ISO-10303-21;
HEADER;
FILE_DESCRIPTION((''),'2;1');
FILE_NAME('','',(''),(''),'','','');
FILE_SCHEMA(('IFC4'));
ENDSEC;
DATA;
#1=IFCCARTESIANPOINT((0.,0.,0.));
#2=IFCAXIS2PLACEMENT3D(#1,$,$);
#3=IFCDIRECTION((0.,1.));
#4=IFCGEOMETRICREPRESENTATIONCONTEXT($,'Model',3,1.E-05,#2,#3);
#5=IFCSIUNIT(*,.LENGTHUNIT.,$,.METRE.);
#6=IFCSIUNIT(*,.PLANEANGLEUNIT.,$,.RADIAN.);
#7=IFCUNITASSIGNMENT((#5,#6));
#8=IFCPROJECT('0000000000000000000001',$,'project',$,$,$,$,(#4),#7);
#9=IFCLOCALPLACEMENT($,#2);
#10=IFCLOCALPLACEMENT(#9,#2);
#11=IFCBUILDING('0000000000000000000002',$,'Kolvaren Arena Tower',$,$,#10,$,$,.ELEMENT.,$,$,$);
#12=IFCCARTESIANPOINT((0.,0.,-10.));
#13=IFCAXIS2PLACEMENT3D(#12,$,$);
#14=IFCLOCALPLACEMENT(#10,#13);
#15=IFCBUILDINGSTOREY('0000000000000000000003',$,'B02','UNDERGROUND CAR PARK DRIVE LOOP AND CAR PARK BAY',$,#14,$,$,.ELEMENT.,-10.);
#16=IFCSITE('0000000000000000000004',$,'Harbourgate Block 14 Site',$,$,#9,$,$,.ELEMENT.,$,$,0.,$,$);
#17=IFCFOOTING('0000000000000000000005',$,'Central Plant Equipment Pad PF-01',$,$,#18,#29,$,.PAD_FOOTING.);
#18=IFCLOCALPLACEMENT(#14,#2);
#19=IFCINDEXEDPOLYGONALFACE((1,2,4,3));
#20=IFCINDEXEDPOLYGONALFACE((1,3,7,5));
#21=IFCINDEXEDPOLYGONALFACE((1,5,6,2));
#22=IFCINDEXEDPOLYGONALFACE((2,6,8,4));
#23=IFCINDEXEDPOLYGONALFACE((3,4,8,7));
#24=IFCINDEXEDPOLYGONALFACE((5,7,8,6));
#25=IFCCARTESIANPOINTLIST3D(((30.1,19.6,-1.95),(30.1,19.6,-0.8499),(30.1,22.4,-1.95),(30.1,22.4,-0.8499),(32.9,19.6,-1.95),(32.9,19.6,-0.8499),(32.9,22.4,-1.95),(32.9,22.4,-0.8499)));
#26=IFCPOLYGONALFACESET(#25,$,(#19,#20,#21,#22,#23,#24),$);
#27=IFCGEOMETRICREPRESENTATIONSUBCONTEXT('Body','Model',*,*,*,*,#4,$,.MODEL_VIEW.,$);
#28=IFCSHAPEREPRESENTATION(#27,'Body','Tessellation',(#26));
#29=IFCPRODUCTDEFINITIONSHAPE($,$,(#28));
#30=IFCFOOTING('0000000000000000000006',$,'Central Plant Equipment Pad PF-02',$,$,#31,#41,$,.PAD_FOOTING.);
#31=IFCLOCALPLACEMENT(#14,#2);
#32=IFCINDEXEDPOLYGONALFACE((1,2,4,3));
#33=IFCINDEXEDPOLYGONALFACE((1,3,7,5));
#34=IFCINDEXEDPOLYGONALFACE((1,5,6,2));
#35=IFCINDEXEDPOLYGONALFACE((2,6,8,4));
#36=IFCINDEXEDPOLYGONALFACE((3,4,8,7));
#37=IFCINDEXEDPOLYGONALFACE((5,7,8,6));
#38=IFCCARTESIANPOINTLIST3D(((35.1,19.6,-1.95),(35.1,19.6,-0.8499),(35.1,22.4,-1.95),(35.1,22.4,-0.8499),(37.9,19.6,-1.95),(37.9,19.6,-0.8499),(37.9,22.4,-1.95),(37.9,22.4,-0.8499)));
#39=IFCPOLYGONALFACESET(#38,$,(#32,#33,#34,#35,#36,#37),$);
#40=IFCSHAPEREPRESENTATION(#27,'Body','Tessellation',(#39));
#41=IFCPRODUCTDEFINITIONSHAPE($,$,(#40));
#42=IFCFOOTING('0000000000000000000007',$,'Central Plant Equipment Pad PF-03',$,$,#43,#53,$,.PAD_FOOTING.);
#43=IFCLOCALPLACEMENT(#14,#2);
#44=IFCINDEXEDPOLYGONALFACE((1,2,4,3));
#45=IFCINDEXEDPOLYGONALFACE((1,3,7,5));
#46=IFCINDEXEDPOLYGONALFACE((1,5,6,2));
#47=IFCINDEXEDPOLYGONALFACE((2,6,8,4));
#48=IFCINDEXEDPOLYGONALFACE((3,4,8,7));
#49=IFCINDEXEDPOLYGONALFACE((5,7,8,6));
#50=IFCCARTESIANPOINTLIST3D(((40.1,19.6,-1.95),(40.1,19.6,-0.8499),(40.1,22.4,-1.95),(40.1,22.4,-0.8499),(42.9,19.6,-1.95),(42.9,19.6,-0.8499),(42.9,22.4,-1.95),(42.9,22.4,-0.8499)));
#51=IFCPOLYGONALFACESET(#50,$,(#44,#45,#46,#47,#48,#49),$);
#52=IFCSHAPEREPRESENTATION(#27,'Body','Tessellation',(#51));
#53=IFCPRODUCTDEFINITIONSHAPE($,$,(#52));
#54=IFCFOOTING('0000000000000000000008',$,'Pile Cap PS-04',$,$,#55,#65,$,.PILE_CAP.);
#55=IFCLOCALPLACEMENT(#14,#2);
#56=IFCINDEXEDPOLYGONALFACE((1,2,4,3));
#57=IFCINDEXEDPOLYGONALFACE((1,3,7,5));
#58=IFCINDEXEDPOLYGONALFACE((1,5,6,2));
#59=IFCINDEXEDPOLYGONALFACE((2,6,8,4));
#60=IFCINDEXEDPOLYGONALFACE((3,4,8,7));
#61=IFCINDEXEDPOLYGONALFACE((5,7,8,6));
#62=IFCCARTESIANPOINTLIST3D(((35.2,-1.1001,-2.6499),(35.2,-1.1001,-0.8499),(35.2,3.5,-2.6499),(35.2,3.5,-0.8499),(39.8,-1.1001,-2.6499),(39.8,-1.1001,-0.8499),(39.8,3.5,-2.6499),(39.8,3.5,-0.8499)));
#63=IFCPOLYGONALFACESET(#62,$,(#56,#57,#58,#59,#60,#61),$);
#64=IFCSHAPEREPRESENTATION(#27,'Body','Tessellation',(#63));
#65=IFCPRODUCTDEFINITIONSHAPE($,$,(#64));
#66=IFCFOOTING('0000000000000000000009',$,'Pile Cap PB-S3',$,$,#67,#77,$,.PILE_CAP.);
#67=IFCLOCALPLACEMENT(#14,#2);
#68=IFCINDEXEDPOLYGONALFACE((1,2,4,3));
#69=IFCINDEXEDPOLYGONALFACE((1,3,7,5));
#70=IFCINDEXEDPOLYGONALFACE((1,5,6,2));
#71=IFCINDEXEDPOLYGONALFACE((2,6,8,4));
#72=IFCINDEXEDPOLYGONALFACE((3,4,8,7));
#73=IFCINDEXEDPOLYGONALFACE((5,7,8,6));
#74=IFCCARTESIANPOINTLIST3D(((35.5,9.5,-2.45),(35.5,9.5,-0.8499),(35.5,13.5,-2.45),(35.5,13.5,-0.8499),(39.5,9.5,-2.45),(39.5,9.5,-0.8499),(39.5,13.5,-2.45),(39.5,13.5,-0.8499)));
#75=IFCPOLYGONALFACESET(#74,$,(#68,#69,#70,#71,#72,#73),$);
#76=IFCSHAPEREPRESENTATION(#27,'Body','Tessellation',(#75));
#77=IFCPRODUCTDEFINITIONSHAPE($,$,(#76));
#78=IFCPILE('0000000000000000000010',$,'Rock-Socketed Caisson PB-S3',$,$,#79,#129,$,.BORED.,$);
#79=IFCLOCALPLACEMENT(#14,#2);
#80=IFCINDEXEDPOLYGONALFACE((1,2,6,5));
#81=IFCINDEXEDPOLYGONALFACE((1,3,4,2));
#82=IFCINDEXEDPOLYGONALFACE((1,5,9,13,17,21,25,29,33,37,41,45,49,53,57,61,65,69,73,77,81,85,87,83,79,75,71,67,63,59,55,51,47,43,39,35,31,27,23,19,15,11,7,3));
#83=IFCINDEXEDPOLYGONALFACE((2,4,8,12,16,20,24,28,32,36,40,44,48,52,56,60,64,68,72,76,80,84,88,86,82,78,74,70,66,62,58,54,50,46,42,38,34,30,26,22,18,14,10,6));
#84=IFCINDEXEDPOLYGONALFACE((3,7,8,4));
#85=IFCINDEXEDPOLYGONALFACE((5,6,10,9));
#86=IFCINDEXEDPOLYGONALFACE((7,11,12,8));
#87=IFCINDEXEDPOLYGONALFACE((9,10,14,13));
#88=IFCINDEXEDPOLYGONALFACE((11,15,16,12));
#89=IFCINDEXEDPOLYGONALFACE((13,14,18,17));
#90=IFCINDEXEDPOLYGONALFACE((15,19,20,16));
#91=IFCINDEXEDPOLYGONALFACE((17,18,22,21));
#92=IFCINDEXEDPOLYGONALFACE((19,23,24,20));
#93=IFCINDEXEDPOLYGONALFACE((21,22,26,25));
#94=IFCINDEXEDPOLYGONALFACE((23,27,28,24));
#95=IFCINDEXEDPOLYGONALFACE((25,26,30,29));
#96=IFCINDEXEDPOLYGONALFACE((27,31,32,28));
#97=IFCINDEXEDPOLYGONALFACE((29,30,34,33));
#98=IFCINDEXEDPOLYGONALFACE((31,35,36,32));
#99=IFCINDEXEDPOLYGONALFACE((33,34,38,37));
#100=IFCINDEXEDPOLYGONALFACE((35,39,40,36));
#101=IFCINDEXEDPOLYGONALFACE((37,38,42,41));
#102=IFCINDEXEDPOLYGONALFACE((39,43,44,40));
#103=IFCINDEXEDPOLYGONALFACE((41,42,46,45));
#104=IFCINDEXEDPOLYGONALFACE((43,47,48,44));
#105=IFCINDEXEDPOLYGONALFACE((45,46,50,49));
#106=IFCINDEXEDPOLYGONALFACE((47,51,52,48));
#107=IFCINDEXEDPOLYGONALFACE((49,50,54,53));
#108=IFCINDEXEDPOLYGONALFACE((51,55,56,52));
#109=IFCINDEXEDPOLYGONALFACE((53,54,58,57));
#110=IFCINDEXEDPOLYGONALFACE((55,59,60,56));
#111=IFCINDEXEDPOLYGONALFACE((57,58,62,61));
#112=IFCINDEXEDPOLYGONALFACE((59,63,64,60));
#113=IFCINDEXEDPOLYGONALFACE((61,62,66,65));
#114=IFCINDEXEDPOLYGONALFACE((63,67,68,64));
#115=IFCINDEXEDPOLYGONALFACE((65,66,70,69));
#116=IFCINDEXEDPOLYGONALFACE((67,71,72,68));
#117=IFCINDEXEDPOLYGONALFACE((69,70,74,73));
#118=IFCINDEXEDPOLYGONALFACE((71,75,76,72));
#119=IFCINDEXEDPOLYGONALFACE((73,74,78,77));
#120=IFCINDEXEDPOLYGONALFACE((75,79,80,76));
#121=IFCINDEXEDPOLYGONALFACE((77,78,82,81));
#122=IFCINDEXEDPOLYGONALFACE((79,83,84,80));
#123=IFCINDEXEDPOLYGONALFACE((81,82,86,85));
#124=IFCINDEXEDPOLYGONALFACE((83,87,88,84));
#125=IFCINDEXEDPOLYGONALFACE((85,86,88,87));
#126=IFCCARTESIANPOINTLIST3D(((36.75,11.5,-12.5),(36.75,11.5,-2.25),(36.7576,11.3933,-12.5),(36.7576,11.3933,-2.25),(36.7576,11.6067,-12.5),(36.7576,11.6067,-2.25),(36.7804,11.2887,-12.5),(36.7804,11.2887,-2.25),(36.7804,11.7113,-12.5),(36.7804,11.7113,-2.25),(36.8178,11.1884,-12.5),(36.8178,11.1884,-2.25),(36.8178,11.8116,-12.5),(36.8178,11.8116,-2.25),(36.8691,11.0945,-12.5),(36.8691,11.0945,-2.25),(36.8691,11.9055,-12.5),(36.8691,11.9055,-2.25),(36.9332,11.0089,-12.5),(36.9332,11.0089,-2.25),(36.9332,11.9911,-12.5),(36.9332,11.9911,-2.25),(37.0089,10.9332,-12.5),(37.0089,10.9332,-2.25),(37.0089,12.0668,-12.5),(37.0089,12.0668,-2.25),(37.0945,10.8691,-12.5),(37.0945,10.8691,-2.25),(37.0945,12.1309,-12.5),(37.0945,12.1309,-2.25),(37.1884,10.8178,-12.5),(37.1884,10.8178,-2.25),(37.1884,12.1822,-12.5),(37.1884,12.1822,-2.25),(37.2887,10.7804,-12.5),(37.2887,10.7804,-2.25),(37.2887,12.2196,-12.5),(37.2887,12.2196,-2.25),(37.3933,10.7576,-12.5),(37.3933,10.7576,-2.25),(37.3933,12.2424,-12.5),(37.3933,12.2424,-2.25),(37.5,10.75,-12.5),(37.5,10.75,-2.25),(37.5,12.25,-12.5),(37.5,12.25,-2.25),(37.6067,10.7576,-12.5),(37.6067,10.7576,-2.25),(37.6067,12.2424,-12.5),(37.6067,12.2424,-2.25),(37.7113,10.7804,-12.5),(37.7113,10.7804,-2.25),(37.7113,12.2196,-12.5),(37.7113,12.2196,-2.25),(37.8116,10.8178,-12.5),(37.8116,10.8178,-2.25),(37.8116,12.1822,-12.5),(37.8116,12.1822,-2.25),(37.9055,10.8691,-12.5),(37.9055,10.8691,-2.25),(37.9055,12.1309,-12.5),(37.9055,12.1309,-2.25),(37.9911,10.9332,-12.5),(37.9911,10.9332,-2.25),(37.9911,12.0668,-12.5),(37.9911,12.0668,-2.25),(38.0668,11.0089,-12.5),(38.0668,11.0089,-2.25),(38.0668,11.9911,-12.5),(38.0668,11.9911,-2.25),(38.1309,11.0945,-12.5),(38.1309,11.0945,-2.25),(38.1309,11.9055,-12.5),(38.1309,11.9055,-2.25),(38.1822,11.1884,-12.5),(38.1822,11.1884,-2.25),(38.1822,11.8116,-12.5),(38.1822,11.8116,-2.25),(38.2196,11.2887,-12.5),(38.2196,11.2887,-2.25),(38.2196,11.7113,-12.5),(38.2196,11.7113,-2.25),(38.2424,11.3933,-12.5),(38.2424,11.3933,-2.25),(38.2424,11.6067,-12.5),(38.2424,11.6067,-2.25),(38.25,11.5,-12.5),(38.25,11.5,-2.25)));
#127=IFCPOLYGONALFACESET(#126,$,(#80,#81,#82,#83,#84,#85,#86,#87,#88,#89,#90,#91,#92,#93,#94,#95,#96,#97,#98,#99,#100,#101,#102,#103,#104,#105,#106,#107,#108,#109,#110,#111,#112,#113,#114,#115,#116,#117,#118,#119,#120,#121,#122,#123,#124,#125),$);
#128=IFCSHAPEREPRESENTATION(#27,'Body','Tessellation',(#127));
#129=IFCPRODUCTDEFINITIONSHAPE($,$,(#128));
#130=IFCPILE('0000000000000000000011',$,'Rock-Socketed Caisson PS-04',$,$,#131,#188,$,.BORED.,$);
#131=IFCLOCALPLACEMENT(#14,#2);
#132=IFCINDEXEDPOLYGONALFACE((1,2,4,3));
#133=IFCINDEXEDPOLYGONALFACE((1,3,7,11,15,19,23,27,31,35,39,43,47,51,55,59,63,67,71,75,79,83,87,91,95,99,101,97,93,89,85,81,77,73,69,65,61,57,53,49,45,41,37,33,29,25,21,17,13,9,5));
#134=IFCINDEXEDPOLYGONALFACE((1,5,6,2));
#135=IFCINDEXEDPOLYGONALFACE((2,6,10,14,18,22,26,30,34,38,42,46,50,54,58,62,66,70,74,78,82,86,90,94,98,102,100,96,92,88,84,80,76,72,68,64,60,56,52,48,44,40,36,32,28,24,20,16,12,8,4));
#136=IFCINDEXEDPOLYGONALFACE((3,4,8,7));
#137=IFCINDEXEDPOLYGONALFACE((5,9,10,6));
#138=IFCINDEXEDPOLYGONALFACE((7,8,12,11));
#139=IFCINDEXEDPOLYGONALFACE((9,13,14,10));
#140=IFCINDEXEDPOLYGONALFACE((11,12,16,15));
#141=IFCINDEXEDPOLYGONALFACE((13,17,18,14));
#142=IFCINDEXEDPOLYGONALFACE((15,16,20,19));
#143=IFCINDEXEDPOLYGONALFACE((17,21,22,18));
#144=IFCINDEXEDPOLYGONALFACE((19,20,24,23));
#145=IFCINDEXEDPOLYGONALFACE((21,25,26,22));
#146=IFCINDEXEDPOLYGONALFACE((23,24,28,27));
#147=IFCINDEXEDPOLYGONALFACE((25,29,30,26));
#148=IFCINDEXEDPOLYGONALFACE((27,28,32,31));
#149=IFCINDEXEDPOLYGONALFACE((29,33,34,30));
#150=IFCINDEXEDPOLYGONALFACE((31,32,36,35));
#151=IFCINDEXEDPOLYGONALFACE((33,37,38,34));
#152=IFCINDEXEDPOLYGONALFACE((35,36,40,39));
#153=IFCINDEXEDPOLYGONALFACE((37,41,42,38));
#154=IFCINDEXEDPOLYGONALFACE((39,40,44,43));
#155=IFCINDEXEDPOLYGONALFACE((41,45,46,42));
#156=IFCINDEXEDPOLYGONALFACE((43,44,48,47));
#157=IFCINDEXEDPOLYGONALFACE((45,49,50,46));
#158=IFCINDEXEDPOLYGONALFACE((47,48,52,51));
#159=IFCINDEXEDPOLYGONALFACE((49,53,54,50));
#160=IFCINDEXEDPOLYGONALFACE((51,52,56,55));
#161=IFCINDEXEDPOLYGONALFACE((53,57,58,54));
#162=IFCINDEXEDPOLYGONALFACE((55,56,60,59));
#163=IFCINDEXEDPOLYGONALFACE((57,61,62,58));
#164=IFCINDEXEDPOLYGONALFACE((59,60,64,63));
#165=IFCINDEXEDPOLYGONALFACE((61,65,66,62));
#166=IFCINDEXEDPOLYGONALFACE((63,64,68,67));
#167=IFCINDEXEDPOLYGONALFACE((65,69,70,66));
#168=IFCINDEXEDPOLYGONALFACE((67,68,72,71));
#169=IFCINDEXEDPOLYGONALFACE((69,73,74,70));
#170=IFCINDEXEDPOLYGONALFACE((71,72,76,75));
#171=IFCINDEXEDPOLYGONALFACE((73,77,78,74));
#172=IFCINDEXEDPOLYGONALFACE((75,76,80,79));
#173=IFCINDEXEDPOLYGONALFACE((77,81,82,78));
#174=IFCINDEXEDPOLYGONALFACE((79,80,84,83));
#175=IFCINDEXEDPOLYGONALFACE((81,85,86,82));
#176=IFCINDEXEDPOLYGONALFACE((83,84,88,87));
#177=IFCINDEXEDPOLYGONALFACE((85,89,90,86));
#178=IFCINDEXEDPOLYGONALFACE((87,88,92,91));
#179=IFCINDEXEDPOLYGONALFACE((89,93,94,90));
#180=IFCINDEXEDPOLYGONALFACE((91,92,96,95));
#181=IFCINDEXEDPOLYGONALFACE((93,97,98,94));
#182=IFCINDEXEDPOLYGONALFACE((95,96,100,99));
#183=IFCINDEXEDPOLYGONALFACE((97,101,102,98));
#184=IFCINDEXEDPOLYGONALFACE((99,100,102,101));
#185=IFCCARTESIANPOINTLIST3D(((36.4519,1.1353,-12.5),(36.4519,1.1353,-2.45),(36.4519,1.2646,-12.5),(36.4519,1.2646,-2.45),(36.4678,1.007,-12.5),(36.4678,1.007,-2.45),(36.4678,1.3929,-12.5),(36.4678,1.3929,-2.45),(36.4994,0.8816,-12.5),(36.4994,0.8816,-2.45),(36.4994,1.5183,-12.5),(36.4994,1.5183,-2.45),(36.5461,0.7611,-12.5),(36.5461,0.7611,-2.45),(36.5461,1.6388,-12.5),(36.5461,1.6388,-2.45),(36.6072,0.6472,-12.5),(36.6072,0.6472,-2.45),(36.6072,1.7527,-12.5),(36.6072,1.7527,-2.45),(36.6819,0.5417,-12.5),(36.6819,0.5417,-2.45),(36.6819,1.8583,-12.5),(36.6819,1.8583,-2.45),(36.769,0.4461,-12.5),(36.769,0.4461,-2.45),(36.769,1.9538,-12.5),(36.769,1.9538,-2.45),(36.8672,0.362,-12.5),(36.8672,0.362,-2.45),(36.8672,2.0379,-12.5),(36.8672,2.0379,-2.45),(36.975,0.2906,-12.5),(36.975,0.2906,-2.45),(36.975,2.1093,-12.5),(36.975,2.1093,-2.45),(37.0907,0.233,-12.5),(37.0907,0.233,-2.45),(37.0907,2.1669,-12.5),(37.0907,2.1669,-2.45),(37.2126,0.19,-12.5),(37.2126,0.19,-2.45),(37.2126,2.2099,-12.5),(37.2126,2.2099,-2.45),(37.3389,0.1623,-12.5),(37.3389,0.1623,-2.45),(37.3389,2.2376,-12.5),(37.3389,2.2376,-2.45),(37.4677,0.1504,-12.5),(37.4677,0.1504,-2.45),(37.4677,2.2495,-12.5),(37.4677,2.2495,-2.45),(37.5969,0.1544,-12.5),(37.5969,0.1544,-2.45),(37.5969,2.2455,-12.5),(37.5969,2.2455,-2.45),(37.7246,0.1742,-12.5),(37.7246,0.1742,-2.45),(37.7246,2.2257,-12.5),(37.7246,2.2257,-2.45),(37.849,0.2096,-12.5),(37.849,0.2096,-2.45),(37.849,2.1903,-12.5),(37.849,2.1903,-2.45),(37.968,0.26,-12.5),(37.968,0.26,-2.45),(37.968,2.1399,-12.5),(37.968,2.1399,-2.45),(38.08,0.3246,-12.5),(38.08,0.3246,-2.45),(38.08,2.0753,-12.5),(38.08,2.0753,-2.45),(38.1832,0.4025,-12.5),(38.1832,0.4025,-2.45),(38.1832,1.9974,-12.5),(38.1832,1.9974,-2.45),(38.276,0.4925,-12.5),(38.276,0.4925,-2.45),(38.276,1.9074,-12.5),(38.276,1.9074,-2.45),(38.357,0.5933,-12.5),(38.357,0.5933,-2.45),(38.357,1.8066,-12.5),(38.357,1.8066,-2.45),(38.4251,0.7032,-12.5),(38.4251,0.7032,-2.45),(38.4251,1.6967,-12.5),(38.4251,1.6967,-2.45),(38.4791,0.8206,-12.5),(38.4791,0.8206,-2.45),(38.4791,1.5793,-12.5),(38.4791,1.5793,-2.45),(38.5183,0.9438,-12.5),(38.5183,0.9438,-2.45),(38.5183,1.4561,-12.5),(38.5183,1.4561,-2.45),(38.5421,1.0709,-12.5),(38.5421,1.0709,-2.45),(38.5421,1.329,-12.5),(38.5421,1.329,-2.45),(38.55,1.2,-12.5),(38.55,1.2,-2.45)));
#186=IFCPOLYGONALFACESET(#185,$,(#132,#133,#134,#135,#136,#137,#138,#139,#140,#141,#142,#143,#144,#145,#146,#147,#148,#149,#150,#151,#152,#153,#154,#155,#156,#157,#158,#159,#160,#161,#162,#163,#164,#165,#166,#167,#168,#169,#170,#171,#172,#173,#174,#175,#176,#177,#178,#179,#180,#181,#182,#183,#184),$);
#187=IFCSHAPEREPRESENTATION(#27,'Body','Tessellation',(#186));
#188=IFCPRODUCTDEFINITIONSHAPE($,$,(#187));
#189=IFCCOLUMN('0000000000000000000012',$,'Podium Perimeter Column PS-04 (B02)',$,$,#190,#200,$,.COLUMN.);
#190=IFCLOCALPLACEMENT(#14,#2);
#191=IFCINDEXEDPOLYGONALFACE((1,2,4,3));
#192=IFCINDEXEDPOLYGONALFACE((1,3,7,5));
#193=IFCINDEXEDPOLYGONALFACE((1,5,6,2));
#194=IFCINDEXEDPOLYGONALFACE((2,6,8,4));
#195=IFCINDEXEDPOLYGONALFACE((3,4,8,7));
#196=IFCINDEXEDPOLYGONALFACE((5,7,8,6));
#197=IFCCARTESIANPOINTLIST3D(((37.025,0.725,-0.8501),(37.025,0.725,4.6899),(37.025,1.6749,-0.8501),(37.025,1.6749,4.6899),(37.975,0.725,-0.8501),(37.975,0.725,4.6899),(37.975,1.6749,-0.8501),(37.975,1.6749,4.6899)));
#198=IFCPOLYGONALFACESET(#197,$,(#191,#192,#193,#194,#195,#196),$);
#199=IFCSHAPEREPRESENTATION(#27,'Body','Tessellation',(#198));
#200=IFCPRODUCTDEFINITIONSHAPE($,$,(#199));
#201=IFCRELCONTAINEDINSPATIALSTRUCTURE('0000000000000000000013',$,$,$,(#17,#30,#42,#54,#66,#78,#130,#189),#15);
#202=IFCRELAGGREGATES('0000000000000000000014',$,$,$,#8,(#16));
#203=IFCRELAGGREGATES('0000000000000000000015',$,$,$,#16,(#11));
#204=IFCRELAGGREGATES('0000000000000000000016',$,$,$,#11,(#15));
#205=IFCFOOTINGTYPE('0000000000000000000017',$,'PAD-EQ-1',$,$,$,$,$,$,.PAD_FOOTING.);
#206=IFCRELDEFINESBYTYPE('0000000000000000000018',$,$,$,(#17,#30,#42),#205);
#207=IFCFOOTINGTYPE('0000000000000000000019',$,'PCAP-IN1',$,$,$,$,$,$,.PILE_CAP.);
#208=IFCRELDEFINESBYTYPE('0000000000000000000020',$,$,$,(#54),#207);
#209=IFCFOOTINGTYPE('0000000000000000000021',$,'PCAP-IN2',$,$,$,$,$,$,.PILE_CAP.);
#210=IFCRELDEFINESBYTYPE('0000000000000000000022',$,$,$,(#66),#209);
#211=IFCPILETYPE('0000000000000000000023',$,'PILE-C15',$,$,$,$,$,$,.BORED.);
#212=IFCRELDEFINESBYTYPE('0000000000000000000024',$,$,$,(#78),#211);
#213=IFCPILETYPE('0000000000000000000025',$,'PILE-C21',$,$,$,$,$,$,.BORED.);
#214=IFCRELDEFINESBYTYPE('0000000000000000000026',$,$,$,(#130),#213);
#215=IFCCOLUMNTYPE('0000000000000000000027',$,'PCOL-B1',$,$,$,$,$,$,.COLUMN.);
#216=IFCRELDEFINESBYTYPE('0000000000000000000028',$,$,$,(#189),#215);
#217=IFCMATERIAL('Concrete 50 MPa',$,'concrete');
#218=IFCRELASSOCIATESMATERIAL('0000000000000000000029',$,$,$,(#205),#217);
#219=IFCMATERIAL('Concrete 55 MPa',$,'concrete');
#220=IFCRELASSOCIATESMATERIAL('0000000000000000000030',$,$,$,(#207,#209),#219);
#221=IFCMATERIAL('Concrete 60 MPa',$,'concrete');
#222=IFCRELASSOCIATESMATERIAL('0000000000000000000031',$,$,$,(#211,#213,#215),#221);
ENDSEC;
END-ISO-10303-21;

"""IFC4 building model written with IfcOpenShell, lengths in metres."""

from ifc_helpers import new_model, si_unit, direction, frame, origin, origin_2d, place, context, subcontext, project, spatial, rectangle, circle, extrude, material, material_profile, profile_set, type_object, element, save


model = new_model("IFC4")

# Units and contexts
model_context = context("Model", 3, precision=1e-05, world=origin(), true_north=direction((0.0, 1.0)))
body_context = subcontext(model_context, "Body", "Model", "MODEL_VIEW")
ifc_project = project(units=[si_unit("LENGTHUNIT", "METRE"), si_unit("PLANEANGLEUNIT", "RADIAN")], contexts=[model_context])

# Site, building, storey
site_placement = place(None, origin())
site = spatial("IfcSite", under=ifc_project, at=site_placement, Name="Harbourgate Block 14 Site", CompositionType="ELEMENT", RefElevation=0.0)
building_placement = place(site_placement, origin())
building = spatial("IfcBuilding", under=site, at=building_placement, Name="Kolvaren Arena Tower", CompositionType="ELEMENT")
storey_placement = place(building_placement, frame((0.0, 0.0, -10.0)))
storey = spatial("IfcBuildingStorey", under=building, at=storey_placement, Name="B02", Description="UNDERGROUND CAR PARK DRIVE LOOP AND CAR PARK BAY", CompositionType="ELEMENT", Elevation=-10.0)

# Footings
ifc_material_1 = material(Name="Concrete 50 MPa", Category="concrete")
footing_type_1 = type_object("IfcFootingType", Name="PAD-EQ-1", PredefinedType="PAD_FOOTING", material=ifc_material_1)
for number, where, z_axis, x_axis, name in (
    (1, (31.5, 21.0, -1.95), (0.0, 0.0, 1.0), (1.0, 0.0, 0.0), "Central Plant Equipment Pad PF-01"),
    (2, (36.5, 21.0, -1.95), (0.0, 0.0, 1.0), (1.0, 0.0, 0.0), "Central Plant Equipment Pad PF-02"),
    (3, (41.5, 21.0, -1.95), (0.0, 0.0, 1.0), (1.0, 0.0, 0.0), "Central Plant Equipment Pad PF-03"),
):
    element("IfcFooting", number, at=place(storey_placement, frame(where, z_axis=z_axis, x_axis=x_axis)), inside=storey, type_object=footing_type_1, Name=name, PredefinedType="PAD_FOOTING", context=body_context, shape_type="SweptSolid", body=[
        extrude(rectangle(XDim=2.8, YDim=2.8, at=origin_2d()), origin(), (0.0, 0.0, 1.0), 1.1001),
    ])
ifc_material_2 = material(Name="Concrete 55 MPa", Category="concrete")
footing_type_2 = type_object("IfcFootingType", Name="PCAP-IN1", PredefinedType="PILE_CAP", material=ifc_material_2)
footing_1_placement = place(storey_placement, frame((37.5, 1.2, -2.6499), z_axis=(0.0, 0.0, 1.0), x_axis=(1.0, 0.0, 0.0)))
element("IfcFooting", 4, at=footing_1_placement, inside=storey, type_object=footing_type_2, Name="Pile Cap PS-04", PredefinedType="PILE_CAP", context=body_context, shape_type="SweptSolid", body=[
    extrude(rectangle(XDim=4.6001, YDim=4.6001, at=origin_2d()), origin(), (0.0, 0.0, 1.0), 1.8),
])
footing_type_3 = type_object("IfcFootingType", Name="PCAP-IN2", PredefinedType="PILE_CAP", material=ifc_material_2)
footing_2_placement = place(storey_placement, frame((37.5, 11.5, -2.45), z_axis=(0.0, 0.0, 1.0), x_axis=(1.0, 0.0, 0.0)))
element("IfcFooting", 5, at=footing_2_placement, inside=storey, type_object=footing_type_3, Name="Pile Cap PB-S3", PredefinedType="PILE_CAP", context=body_context, shape_type="SweptSolid", body=[
    extrude(rectangle(XDim=4.0, YDim=4.0, at=origin_2d()), origin(), (0.0, 0.0, 1.0), 1.6001),
])

# Piles
ifc_material_3 = material(Name="Concrete 60 MPa", Category="concrete")
ifc_material_profile_1 = material_profile(ifc_material_3, circle(Radius=0.75, at=origin_2d()), Name="CAISSON-D1500")
ifc_profile_set_1 = profile_set([ifc_material_profile_1], Name="Concrete 60 MPa")
pile_type_1 = type_object("IfcPileType", Name="PILE-C15", PredefinedType="BORED", material=ifc_profile_set_1)
pile_1_placement = place(storey_placement, frame((37.5, 11.5, -2.25), z_axis=(0.0, 0.0, -1.0), x_axis=(1.0, 0.0, 0.0)))
element("IfcPile", 6, at=pile_1_placement, inside=storey, type_object=pile_type_1, Name="Rock-Socketed Caisson PB-S3", PredefinedType="BORED", context=body_context, shape_type="SweptSolid", body=[
    extrude(circle(Radius=0.75, at=origin_2d()), origin(), (0.0, 0.0, 1.0), 10.25),
])
ifc_material_profile_2 = material_profile(ifc_material_3, circle(Radius=1.05, at=origin_2d()), Name="CAISSON-D2100")
ifc_profile_set_2 = profile_set([ifc_material_profile_2], Name="Concrete 60 MPa")
pile_type_2 = type_object("IfcPileType", Name="PILE-C21", PredefinedType="BORED", material=ifc_profile_set_2)
pile_2_placement = place(storey_placement, frame((37.5, 1.2, -2.45), z_axis=(0.0, 0.0, -1.0), x_axis=(1.0, 0.0, 0.0)))
element("IfcPile", 7, at=pile_2_placement, inside=storey, type_object=pile_type_2, Name="Rock-Socketed Caisson PS-04", PredefinedType="BORED", context=body_context, shape_type="SweptSolid", body=[
    extrude(circle(Radius=1.05, at=origin_2d()), origin(), (0.0, 0.0, 1.0), 10.05),
])

# Column
ifc_material_profile_3 = material_profile(ifc_material_3, rectangle(XDim=0.95, YDim=0.95, at=origin_2d()), Name="RC-950x950")
ifc_profile_set_3 = profile_set([ifc_material_profile_3], Name="Concrete 60 MPa")
column_type_1 = type_object("IfcColumnType", Name="PCOL-B1", PredefinedType="COLUMN", material=ifc_profile_set_3)
column_1_placement = place(storey_placement, frame((37.5, 1.2, -0.8501), z_axis=(0.0, 0.0, 1.0), x_axis=(1.0, 0.0, 0.0)))
element("IfcColumn", 8, at=column_1_placement, inside=storey, type_object=column_type_1, Name="Podium Perimeter Column PS-04 (B02)", PredefinedType="COLUMN", context=body_context, shape_type="SweptSolid", body=[
    extrude(rectangle(XDim=0.95, YDim=0.95, at=origin_2d()), origin(), (0.0, 0.0, 1.0), 5.54),
])

save(model, "model.ifc")
